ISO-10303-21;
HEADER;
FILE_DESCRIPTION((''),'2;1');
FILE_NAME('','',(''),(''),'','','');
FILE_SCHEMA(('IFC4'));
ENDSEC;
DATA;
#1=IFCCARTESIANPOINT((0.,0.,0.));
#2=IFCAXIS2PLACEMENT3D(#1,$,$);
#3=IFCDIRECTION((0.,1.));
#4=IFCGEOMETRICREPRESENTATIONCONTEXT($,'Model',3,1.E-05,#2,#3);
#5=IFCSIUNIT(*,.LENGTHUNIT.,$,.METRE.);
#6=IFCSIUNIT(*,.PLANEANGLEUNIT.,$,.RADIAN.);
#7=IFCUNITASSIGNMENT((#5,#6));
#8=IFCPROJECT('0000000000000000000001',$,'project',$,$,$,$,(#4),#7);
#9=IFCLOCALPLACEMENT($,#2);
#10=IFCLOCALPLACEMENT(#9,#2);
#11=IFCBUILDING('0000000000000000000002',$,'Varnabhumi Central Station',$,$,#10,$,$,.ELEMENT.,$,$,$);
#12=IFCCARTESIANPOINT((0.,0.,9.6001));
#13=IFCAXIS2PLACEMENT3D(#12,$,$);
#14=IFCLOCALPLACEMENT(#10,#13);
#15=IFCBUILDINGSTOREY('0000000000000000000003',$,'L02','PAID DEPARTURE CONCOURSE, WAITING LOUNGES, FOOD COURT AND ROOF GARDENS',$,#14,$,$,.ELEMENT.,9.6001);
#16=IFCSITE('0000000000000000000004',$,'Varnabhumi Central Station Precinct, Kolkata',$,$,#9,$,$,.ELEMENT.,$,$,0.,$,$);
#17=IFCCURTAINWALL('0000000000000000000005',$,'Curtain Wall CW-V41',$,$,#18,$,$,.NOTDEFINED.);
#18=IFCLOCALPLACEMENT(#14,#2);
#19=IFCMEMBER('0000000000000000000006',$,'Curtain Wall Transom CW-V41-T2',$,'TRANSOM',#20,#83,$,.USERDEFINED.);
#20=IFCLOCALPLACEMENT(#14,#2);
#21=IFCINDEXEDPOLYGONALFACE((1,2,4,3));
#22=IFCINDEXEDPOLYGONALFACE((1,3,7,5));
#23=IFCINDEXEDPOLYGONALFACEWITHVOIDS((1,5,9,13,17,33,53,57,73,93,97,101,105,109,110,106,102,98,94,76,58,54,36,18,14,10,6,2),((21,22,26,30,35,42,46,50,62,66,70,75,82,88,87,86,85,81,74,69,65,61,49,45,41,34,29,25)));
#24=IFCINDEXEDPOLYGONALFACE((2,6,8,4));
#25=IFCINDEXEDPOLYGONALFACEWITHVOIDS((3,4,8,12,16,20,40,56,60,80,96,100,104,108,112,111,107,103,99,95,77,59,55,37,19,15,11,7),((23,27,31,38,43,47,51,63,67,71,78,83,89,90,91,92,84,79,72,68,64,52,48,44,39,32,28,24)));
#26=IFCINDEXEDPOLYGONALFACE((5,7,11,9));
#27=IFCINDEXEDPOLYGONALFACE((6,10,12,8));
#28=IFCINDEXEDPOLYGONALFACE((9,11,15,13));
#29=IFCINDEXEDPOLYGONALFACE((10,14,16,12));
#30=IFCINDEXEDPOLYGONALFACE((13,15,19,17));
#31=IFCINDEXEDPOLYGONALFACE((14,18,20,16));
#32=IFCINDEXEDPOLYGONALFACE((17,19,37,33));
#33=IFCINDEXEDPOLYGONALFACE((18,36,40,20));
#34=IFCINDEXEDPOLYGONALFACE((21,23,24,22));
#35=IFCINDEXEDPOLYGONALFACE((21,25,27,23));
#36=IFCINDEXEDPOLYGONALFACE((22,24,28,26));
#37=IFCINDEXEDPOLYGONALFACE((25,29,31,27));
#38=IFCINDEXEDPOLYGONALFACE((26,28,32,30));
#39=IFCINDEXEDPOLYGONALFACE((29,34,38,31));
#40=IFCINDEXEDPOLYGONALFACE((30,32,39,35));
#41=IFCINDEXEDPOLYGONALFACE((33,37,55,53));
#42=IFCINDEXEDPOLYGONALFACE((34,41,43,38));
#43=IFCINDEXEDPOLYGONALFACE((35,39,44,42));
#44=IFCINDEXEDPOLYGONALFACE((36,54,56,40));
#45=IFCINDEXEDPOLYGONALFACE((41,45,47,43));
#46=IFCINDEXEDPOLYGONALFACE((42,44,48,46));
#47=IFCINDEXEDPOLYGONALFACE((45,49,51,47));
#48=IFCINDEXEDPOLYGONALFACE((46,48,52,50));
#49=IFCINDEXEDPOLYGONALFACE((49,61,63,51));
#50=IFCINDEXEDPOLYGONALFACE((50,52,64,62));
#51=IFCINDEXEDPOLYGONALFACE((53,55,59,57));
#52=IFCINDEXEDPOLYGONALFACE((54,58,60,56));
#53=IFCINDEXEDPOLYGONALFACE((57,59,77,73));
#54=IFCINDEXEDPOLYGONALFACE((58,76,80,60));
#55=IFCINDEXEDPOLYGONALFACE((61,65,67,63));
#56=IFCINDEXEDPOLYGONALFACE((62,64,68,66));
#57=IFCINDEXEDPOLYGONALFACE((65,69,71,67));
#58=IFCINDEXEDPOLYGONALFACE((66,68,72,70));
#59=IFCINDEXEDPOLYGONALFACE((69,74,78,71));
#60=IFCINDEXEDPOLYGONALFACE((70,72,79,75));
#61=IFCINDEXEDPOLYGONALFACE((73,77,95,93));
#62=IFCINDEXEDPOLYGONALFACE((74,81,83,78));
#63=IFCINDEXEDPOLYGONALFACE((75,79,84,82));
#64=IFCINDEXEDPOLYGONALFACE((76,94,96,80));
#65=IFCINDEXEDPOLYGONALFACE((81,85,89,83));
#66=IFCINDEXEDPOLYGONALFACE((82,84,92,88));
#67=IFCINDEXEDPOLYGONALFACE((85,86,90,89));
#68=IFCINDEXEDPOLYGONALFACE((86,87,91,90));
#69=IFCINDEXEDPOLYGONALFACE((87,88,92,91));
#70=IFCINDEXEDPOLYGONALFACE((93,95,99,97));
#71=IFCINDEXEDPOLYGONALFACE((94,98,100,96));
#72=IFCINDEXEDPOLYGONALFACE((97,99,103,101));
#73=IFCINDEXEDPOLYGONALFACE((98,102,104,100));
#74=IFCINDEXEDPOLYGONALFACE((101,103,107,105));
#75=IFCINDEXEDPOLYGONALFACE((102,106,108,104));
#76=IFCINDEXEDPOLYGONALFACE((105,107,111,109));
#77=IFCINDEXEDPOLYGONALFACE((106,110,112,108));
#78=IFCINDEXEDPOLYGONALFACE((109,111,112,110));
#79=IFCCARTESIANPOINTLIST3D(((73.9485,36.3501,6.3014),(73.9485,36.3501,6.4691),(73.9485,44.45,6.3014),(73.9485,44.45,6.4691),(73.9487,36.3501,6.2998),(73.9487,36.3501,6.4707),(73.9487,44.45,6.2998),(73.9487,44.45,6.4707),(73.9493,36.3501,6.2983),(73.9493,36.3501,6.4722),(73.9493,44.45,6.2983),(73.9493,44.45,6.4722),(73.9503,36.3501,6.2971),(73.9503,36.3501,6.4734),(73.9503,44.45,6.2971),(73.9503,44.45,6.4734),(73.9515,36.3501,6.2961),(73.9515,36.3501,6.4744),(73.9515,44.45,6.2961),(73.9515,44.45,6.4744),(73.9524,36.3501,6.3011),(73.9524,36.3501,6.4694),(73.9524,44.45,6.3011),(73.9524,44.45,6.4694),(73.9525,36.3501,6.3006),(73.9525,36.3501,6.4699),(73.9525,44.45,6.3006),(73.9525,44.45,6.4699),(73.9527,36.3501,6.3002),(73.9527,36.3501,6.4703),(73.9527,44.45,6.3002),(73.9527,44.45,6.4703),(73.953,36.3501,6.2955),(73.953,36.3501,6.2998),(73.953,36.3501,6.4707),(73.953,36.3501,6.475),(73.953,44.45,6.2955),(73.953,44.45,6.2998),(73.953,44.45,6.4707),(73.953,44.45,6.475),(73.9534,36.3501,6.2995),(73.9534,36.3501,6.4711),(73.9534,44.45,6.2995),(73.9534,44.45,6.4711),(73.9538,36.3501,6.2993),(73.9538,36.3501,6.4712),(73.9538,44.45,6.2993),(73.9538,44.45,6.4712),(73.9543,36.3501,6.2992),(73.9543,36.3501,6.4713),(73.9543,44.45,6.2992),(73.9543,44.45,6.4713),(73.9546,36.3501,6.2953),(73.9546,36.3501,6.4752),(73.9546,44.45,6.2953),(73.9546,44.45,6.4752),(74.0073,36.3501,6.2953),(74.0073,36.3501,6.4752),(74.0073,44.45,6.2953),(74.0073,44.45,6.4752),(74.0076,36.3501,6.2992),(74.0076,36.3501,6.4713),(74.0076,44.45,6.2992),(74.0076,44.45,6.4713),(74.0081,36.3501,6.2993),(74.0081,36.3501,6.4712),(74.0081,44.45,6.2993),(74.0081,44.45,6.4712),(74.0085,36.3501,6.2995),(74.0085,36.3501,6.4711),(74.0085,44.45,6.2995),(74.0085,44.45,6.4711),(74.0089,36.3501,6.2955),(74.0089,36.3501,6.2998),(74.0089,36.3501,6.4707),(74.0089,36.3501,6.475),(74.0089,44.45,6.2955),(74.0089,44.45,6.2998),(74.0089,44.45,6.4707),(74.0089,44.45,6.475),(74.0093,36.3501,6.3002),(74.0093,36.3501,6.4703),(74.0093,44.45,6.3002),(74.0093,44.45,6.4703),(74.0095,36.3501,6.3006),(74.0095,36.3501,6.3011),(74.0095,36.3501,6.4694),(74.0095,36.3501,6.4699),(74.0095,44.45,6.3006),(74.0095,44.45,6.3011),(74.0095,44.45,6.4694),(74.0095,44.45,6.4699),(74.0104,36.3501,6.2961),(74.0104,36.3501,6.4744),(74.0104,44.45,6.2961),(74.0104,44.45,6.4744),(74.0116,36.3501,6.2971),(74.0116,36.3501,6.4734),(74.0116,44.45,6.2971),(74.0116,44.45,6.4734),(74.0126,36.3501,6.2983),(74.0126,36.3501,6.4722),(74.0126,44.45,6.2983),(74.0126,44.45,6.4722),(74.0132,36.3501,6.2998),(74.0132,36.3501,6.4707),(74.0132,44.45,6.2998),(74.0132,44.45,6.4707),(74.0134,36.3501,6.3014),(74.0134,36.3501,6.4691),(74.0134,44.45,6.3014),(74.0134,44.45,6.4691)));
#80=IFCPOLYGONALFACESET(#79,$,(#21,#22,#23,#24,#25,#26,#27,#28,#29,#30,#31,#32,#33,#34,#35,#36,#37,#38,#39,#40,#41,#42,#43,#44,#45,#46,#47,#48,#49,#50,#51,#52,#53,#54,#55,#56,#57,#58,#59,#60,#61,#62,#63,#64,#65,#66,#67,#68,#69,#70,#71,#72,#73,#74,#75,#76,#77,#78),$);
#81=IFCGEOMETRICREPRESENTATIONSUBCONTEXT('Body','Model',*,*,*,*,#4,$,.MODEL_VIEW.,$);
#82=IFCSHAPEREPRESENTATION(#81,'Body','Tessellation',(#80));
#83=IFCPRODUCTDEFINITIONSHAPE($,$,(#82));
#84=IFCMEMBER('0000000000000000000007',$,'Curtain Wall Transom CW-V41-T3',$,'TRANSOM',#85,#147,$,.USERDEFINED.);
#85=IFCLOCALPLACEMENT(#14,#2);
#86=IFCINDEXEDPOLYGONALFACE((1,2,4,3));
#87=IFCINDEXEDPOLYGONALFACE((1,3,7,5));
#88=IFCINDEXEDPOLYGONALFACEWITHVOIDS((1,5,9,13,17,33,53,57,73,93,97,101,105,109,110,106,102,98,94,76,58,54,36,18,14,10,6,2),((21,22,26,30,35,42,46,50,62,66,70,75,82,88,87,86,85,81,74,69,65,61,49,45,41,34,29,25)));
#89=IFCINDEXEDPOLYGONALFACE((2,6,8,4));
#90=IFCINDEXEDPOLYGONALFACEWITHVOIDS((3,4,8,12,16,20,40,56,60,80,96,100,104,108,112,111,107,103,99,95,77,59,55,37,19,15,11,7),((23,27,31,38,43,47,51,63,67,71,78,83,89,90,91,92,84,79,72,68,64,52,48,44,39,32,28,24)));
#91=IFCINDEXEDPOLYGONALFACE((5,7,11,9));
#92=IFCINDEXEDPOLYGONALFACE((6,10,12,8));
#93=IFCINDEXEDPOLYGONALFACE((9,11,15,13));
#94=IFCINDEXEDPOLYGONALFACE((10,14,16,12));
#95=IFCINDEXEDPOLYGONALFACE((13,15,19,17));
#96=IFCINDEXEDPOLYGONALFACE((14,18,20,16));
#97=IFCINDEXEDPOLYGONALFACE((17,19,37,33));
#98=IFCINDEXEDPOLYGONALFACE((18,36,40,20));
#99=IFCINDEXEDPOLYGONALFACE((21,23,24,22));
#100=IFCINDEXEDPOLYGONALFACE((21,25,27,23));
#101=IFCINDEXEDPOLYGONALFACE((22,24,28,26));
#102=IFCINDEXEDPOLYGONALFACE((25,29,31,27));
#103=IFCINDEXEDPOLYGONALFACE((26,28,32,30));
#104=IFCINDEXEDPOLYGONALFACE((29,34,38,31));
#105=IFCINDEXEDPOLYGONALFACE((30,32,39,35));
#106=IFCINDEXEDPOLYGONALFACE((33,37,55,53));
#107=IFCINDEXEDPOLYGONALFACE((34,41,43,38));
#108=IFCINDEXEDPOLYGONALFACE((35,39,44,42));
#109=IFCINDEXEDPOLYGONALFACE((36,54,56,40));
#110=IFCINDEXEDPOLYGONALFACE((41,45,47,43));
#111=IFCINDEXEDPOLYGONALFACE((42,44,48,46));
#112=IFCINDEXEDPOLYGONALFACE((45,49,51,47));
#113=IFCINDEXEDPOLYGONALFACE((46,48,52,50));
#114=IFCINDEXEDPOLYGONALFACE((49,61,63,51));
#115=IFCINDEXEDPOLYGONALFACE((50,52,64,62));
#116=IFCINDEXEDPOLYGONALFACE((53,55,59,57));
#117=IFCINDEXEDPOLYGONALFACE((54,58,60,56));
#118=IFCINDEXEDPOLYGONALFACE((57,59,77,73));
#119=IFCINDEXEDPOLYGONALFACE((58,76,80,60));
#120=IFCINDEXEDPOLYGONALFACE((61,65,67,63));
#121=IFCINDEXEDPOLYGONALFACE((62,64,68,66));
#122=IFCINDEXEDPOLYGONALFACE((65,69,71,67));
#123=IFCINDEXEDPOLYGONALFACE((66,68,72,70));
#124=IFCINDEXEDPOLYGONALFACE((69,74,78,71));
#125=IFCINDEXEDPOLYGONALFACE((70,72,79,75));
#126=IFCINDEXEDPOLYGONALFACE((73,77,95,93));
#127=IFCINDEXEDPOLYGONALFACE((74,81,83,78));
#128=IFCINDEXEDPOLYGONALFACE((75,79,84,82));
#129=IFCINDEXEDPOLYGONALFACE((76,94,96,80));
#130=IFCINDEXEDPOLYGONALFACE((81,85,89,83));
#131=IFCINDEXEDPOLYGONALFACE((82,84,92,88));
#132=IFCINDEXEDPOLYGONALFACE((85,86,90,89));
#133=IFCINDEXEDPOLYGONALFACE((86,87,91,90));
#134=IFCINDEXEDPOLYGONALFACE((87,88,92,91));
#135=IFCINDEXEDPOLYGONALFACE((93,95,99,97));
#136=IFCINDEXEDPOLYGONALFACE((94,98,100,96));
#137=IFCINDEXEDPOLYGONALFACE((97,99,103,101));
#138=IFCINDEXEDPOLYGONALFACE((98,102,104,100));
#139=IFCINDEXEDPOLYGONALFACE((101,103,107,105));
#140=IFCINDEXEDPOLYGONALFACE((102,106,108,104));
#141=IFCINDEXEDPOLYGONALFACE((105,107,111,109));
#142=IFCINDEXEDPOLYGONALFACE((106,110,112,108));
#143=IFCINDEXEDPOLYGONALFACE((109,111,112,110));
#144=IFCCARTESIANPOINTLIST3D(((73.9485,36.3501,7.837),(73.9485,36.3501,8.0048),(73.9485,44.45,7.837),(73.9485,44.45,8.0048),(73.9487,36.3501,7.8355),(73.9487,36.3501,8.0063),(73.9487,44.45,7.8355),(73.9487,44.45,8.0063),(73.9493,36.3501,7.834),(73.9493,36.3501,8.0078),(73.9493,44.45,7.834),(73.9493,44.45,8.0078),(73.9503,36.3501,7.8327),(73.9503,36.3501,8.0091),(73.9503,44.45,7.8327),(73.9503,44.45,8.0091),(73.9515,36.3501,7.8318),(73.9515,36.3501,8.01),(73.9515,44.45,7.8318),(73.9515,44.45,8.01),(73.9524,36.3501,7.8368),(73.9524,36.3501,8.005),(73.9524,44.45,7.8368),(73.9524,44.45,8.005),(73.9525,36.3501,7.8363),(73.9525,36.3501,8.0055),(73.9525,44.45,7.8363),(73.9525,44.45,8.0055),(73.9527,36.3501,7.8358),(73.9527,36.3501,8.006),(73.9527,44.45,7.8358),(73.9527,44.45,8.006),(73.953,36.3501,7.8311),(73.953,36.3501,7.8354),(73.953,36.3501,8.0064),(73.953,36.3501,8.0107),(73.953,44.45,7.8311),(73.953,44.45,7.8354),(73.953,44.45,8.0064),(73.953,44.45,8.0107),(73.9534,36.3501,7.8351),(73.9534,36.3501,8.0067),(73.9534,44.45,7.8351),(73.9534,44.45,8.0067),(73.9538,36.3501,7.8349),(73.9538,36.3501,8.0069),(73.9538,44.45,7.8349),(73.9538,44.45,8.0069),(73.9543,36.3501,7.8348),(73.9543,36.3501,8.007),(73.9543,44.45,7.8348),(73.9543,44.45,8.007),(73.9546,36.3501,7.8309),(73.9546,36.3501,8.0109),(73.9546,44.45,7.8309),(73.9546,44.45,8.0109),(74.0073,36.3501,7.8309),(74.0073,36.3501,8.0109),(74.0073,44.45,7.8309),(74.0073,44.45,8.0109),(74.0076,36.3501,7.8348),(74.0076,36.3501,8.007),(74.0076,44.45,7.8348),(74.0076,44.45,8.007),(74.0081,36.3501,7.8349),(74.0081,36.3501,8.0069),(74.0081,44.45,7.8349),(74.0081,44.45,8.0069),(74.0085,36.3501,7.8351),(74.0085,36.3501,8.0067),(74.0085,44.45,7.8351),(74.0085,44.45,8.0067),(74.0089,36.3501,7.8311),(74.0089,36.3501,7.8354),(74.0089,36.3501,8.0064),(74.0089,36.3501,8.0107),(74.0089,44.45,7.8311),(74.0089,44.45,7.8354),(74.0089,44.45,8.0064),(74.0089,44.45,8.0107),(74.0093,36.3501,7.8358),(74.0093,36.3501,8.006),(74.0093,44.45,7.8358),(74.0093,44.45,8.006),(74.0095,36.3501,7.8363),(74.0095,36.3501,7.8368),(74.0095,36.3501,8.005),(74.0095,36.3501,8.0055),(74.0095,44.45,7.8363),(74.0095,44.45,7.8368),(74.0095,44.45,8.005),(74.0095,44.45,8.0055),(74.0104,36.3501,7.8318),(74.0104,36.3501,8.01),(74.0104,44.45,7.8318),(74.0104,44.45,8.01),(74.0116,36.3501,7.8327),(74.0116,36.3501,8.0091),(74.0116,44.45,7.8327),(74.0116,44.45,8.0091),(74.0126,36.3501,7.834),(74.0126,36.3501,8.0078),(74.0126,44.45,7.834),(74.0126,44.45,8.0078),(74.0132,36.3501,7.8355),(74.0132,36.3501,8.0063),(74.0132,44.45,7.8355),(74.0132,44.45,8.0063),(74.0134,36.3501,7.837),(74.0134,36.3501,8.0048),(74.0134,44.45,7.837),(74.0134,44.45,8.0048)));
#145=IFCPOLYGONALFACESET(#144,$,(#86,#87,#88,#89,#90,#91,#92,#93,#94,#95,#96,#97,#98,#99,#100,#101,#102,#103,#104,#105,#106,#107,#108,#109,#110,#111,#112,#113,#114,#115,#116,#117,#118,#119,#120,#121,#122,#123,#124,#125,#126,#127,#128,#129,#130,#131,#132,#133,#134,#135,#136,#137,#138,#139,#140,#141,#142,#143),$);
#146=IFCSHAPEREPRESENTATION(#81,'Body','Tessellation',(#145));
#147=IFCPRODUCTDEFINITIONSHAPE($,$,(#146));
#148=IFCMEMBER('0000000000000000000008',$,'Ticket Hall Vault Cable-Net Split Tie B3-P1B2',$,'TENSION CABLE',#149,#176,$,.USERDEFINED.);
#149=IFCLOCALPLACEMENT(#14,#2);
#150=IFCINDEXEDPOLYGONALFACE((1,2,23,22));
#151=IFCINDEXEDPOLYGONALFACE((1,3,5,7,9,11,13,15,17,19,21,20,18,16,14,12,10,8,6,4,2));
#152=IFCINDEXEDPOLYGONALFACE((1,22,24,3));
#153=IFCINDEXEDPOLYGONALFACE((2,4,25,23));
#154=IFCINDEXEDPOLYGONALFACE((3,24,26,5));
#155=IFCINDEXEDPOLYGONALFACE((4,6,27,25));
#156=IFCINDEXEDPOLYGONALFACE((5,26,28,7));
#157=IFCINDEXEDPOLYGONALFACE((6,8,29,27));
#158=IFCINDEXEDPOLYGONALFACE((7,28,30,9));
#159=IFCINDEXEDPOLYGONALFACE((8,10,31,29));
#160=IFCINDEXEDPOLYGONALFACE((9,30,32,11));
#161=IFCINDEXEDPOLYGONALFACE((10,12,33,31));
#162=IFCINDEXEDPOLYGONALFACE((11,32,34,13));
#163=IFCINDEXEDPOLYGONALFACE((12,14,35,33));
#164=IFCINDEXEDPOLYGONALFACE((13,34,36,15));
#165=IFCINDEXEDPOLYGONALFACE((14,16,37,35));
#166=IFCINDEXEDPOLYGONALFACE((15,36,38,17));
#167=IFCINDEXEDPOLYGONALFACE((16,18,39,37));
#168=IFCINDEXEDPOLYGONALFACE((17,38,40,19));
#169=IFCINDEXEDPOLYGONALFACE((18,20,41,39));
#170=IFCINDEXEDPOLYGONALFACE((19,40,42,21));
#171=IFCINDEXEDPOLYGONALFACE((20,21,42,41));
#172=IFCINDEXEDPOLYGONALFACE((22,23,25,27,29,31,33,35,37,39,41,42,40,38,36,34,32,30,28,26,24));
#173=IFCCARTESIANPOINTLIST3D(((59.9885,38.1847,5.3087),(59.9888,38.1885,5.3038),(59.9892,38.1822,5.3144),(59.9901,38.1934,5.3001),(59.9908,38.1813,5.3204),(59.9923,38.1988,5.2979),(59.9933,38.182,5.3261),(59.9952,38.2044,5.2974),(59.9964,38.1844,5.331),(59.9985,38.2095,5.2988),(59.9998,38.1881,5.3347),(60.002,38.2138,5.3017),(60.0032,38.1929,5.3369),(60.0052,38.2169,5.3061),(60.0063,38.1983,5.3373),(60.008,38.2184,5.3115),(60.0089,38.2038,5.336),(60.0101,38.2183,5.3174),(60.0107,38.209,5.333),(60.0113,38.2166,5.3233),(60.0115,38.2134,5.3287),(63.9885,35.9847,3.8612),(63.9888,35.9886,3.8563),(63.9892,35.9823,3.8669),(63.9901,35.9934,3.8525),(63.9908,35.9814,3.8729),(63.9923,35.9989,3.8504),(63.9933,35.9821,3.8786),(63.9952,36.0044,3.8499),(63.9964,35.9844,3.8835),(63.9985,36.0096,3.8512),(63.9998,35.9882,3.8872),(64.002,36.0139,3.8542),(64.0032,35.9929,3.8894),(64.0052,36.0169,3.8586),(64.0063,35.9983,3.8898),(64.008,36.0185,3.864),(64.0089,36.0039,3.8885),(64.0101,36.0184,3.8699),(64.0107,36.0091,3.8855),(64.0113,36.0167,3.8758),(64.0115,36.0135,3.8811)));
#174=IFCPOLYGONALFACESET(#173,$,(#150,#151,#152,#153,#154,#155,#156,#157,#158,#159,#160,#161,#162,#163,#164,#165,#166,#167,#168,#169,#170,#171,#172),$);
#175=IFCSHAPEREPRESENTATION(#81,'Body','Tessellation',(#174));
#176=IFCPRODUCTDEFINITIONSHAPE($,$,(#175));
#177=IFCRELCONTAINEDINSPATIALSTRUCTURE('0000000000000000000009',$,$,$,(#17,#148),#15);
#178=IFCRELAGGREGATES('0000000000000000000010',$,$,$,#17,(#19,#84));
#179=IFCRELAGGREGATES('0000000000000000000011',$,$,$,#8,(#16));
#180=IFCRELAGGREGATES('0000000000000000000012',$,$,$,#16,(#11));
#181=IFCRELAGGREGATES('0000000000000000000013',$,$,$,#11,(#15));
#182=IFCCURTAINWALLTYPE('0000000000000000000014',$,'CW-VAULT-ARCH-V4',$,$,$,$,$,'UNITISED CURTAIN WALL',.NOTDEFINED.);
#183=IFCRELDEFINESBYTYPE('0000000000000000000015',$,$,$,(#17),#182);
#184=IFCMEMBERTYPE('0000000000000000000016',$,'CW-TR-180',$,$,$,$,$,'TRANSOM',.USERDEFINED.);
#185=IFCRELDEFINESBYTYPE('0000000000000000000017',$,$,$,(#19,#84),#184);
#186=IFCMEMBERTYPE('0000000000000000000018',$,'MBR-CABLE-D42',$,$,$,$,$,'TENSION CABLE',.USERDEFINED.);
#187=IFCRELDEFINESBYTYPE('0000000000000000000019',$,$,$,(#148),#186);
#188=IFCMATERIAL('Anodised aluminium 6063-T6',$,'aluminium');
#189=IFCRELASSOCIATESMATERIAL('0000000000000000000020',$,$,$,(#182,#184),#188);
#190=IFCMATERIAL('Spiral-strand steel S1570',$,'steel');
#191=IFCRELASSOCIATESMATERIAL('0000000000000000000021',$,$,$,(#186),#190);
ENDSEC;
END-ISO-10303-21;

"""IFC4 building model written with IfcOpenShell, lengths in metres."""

from ifc_helpers import new_model, si_unit, direction, frame, origin, origin_2d, place, context, subcontext, project, spatial, hollow_rectangle, circle, extrude, material, material_profile, profile_set, type_object, element, aggregate, save


model = new_model("IFC4")

# Units and contexts
model_context = context("Model", 3, precision=1e-05, world=origin(), true_north=direction((0.0, 1.0)))
body_context = subcontext(model_context, "Body", "Model", "MODEL_VIEW")
ifc_project = project(units=[si_unit("LENGTHUNIT", "METRE"), si_unit("PLANEANGLEUNIT", "RADIAN")], contexts=[model_context])

# Site, building, storey
site_placement = place(None, origin())
site = spatial("IfcSite", under=ifc_project, at=site_placement, Name="Varnabhumi Central Station Precinct, Kolkata", CompositionType="ELEMENT", RefElevation=0.0)
building_placement = place(site_placement, origin())
building = spatial("IfcBuilding", under=site, at=building_placement, Name="Varnabhumi Central Station", CompositionType="ELEMENT")
storey_placement = place(building_placement, frame((0.0, 0.0, 9.6001)))
storey = spatial("IfcBuildingStorey", under=building, at=storey_placement, Name="L02", Description="PAID DEPARTURE CONCOURSE, WAITING LOUNGES, FOOD COURT AND ROOF GARDENS", CompositionType="ELEMENT", Elevation=9.6001)

# Curtain wall, members
ifc_material_1 = material(Name="Anodised aluminium 6063-T6", Category="aluminium")
curtain_wall_type = type_object("IfcCurtainWallType", Name="CW-VAULT-ARCH-V4", ElementType="UNITISED CURTAIN WALL", PredefinedType="NOTDEFINED", material=ifc_material_1)
curtain_wall_placement = place(storey_placement, origin())
curtain_wall = element("IfcCurtainWall", 1, at=curtain_wall_placement, inside=storey, type_object=curtain_wall_type, Name="Curtain Wall CW-V41", PredefinedType="NOTDEFINED")
ifc_material_profile_1 = material_profile(ifc_material_1, hollow_rectangle(XDim=0.0649, YDim=0.1799, WallThickness=0.0039, InnerFilletRadius=0.002, OuterFilletRadius=0.0061, at=origin_2d()), Name="Anodised aluminium 6063-T6", Category="aluminium")
ifc_profile_set_1 = profile_set([ifc_material_profile_1], Name="Anodised aluminium 6063-T6")
member_type_1 = type_object("IfcMemberType", Name="CW-TR-180", ElementType="TRANSOM", PredefinedType="USERDEFINED", material=ifc_profile_set_1)
member_1_placement = place(storey_placement, frame((73.981, 36.3501, 6.3853), z_axis=(0.0, 1.0, 0.0), x_axis=(-1.0, 0.0, 0.0)))
member_1 = element("IfcMember", 2, at=member_1_placement, type_object=member_type_1, Name="Curtain Wall Transom CW-V41-T2", ObjectType="TRANSOM", PredefinedType="USERDEFINED", context=body_context, shape_type="SweptSolid", body=[
    extrude(hollow_rectangle(XDim=0.0649, YDim=0.1799, WallThickness=0.0039, InnerFilletRadius=0.002, OuterFilletRadius=0.0061, at=origin_2d()), origin(), (0.0, 0.0, 1.0), 8.0999),
])
member_2_placement = place(storey_placement, frame((73.981, 36.3501, 7.9209), z_axis=(0.0, 1.0, 0.0), x_axis=(-1.0, 0.0, 0.0)))
member_2 = element("IfcMember", 3, at=member_2_placement, type_object=member_type_1, Name="Curtain Wall Transom CW-V41-T3", ObjectType="TRANSOM", PredefinedType="USERDEFINED", context=body_context, shape_type="SweptSolid", body=[
    extrude(hollow_rectangle(XDim=0.0649, YDim=0.1799, WallThickness=0.0039, InnerFilletRadius=0.002, OuterFilletRadius=0.0061, at=origin_2d()), origin(), (0.0, 0.0, 1.0), 8.0999),
])
aggregate(curtain_wall, [member_1, member_2])

# Member
ifc_material_2 = material(Name="Spiral-strand steel S1570", Category="steel")
ifc_material_profile_2 = material_profile(ifc_material_2, circle(Radius=0.021, at=origin_2d()), Name="Spiral-strand steel S1570", Category="steel")
ifc_profile_set_2 = profile_set([ifc_material_profile_2], Name="Spiral-strand steel S1570")
member_type_2 = type_object("IfcMemberType", Name="MBR-CABLE-D42", ElementType="TENSION CABLE", PredefinedType="USERDEFINED", material=ifc_profile_set_2)
member_3_placement = place(storey_placement, frame((60.0, 38.2, 5.3174), z_axis=(0.835237, -0.45937, -0.302254), x_axis=(0.481911, 0.87622, 0.0)))
element("IfcMember", 4, at=member_3_placement, inside=storey, type_object=member_type_2, Name="Ticket Hall Vault Cable-Net Split Tie B3-P1B2", ObjectType="TENSION CABLE", PredefinedType="USERDEFINED", context=body_context, shape_type="SweptSolid", body=[
    extrude(circle(Radius=0.021, at=origin_2d()), origin(), (0.0, 0.0, 1.0), 4.7891),
])

save(model, "model.ifc")
